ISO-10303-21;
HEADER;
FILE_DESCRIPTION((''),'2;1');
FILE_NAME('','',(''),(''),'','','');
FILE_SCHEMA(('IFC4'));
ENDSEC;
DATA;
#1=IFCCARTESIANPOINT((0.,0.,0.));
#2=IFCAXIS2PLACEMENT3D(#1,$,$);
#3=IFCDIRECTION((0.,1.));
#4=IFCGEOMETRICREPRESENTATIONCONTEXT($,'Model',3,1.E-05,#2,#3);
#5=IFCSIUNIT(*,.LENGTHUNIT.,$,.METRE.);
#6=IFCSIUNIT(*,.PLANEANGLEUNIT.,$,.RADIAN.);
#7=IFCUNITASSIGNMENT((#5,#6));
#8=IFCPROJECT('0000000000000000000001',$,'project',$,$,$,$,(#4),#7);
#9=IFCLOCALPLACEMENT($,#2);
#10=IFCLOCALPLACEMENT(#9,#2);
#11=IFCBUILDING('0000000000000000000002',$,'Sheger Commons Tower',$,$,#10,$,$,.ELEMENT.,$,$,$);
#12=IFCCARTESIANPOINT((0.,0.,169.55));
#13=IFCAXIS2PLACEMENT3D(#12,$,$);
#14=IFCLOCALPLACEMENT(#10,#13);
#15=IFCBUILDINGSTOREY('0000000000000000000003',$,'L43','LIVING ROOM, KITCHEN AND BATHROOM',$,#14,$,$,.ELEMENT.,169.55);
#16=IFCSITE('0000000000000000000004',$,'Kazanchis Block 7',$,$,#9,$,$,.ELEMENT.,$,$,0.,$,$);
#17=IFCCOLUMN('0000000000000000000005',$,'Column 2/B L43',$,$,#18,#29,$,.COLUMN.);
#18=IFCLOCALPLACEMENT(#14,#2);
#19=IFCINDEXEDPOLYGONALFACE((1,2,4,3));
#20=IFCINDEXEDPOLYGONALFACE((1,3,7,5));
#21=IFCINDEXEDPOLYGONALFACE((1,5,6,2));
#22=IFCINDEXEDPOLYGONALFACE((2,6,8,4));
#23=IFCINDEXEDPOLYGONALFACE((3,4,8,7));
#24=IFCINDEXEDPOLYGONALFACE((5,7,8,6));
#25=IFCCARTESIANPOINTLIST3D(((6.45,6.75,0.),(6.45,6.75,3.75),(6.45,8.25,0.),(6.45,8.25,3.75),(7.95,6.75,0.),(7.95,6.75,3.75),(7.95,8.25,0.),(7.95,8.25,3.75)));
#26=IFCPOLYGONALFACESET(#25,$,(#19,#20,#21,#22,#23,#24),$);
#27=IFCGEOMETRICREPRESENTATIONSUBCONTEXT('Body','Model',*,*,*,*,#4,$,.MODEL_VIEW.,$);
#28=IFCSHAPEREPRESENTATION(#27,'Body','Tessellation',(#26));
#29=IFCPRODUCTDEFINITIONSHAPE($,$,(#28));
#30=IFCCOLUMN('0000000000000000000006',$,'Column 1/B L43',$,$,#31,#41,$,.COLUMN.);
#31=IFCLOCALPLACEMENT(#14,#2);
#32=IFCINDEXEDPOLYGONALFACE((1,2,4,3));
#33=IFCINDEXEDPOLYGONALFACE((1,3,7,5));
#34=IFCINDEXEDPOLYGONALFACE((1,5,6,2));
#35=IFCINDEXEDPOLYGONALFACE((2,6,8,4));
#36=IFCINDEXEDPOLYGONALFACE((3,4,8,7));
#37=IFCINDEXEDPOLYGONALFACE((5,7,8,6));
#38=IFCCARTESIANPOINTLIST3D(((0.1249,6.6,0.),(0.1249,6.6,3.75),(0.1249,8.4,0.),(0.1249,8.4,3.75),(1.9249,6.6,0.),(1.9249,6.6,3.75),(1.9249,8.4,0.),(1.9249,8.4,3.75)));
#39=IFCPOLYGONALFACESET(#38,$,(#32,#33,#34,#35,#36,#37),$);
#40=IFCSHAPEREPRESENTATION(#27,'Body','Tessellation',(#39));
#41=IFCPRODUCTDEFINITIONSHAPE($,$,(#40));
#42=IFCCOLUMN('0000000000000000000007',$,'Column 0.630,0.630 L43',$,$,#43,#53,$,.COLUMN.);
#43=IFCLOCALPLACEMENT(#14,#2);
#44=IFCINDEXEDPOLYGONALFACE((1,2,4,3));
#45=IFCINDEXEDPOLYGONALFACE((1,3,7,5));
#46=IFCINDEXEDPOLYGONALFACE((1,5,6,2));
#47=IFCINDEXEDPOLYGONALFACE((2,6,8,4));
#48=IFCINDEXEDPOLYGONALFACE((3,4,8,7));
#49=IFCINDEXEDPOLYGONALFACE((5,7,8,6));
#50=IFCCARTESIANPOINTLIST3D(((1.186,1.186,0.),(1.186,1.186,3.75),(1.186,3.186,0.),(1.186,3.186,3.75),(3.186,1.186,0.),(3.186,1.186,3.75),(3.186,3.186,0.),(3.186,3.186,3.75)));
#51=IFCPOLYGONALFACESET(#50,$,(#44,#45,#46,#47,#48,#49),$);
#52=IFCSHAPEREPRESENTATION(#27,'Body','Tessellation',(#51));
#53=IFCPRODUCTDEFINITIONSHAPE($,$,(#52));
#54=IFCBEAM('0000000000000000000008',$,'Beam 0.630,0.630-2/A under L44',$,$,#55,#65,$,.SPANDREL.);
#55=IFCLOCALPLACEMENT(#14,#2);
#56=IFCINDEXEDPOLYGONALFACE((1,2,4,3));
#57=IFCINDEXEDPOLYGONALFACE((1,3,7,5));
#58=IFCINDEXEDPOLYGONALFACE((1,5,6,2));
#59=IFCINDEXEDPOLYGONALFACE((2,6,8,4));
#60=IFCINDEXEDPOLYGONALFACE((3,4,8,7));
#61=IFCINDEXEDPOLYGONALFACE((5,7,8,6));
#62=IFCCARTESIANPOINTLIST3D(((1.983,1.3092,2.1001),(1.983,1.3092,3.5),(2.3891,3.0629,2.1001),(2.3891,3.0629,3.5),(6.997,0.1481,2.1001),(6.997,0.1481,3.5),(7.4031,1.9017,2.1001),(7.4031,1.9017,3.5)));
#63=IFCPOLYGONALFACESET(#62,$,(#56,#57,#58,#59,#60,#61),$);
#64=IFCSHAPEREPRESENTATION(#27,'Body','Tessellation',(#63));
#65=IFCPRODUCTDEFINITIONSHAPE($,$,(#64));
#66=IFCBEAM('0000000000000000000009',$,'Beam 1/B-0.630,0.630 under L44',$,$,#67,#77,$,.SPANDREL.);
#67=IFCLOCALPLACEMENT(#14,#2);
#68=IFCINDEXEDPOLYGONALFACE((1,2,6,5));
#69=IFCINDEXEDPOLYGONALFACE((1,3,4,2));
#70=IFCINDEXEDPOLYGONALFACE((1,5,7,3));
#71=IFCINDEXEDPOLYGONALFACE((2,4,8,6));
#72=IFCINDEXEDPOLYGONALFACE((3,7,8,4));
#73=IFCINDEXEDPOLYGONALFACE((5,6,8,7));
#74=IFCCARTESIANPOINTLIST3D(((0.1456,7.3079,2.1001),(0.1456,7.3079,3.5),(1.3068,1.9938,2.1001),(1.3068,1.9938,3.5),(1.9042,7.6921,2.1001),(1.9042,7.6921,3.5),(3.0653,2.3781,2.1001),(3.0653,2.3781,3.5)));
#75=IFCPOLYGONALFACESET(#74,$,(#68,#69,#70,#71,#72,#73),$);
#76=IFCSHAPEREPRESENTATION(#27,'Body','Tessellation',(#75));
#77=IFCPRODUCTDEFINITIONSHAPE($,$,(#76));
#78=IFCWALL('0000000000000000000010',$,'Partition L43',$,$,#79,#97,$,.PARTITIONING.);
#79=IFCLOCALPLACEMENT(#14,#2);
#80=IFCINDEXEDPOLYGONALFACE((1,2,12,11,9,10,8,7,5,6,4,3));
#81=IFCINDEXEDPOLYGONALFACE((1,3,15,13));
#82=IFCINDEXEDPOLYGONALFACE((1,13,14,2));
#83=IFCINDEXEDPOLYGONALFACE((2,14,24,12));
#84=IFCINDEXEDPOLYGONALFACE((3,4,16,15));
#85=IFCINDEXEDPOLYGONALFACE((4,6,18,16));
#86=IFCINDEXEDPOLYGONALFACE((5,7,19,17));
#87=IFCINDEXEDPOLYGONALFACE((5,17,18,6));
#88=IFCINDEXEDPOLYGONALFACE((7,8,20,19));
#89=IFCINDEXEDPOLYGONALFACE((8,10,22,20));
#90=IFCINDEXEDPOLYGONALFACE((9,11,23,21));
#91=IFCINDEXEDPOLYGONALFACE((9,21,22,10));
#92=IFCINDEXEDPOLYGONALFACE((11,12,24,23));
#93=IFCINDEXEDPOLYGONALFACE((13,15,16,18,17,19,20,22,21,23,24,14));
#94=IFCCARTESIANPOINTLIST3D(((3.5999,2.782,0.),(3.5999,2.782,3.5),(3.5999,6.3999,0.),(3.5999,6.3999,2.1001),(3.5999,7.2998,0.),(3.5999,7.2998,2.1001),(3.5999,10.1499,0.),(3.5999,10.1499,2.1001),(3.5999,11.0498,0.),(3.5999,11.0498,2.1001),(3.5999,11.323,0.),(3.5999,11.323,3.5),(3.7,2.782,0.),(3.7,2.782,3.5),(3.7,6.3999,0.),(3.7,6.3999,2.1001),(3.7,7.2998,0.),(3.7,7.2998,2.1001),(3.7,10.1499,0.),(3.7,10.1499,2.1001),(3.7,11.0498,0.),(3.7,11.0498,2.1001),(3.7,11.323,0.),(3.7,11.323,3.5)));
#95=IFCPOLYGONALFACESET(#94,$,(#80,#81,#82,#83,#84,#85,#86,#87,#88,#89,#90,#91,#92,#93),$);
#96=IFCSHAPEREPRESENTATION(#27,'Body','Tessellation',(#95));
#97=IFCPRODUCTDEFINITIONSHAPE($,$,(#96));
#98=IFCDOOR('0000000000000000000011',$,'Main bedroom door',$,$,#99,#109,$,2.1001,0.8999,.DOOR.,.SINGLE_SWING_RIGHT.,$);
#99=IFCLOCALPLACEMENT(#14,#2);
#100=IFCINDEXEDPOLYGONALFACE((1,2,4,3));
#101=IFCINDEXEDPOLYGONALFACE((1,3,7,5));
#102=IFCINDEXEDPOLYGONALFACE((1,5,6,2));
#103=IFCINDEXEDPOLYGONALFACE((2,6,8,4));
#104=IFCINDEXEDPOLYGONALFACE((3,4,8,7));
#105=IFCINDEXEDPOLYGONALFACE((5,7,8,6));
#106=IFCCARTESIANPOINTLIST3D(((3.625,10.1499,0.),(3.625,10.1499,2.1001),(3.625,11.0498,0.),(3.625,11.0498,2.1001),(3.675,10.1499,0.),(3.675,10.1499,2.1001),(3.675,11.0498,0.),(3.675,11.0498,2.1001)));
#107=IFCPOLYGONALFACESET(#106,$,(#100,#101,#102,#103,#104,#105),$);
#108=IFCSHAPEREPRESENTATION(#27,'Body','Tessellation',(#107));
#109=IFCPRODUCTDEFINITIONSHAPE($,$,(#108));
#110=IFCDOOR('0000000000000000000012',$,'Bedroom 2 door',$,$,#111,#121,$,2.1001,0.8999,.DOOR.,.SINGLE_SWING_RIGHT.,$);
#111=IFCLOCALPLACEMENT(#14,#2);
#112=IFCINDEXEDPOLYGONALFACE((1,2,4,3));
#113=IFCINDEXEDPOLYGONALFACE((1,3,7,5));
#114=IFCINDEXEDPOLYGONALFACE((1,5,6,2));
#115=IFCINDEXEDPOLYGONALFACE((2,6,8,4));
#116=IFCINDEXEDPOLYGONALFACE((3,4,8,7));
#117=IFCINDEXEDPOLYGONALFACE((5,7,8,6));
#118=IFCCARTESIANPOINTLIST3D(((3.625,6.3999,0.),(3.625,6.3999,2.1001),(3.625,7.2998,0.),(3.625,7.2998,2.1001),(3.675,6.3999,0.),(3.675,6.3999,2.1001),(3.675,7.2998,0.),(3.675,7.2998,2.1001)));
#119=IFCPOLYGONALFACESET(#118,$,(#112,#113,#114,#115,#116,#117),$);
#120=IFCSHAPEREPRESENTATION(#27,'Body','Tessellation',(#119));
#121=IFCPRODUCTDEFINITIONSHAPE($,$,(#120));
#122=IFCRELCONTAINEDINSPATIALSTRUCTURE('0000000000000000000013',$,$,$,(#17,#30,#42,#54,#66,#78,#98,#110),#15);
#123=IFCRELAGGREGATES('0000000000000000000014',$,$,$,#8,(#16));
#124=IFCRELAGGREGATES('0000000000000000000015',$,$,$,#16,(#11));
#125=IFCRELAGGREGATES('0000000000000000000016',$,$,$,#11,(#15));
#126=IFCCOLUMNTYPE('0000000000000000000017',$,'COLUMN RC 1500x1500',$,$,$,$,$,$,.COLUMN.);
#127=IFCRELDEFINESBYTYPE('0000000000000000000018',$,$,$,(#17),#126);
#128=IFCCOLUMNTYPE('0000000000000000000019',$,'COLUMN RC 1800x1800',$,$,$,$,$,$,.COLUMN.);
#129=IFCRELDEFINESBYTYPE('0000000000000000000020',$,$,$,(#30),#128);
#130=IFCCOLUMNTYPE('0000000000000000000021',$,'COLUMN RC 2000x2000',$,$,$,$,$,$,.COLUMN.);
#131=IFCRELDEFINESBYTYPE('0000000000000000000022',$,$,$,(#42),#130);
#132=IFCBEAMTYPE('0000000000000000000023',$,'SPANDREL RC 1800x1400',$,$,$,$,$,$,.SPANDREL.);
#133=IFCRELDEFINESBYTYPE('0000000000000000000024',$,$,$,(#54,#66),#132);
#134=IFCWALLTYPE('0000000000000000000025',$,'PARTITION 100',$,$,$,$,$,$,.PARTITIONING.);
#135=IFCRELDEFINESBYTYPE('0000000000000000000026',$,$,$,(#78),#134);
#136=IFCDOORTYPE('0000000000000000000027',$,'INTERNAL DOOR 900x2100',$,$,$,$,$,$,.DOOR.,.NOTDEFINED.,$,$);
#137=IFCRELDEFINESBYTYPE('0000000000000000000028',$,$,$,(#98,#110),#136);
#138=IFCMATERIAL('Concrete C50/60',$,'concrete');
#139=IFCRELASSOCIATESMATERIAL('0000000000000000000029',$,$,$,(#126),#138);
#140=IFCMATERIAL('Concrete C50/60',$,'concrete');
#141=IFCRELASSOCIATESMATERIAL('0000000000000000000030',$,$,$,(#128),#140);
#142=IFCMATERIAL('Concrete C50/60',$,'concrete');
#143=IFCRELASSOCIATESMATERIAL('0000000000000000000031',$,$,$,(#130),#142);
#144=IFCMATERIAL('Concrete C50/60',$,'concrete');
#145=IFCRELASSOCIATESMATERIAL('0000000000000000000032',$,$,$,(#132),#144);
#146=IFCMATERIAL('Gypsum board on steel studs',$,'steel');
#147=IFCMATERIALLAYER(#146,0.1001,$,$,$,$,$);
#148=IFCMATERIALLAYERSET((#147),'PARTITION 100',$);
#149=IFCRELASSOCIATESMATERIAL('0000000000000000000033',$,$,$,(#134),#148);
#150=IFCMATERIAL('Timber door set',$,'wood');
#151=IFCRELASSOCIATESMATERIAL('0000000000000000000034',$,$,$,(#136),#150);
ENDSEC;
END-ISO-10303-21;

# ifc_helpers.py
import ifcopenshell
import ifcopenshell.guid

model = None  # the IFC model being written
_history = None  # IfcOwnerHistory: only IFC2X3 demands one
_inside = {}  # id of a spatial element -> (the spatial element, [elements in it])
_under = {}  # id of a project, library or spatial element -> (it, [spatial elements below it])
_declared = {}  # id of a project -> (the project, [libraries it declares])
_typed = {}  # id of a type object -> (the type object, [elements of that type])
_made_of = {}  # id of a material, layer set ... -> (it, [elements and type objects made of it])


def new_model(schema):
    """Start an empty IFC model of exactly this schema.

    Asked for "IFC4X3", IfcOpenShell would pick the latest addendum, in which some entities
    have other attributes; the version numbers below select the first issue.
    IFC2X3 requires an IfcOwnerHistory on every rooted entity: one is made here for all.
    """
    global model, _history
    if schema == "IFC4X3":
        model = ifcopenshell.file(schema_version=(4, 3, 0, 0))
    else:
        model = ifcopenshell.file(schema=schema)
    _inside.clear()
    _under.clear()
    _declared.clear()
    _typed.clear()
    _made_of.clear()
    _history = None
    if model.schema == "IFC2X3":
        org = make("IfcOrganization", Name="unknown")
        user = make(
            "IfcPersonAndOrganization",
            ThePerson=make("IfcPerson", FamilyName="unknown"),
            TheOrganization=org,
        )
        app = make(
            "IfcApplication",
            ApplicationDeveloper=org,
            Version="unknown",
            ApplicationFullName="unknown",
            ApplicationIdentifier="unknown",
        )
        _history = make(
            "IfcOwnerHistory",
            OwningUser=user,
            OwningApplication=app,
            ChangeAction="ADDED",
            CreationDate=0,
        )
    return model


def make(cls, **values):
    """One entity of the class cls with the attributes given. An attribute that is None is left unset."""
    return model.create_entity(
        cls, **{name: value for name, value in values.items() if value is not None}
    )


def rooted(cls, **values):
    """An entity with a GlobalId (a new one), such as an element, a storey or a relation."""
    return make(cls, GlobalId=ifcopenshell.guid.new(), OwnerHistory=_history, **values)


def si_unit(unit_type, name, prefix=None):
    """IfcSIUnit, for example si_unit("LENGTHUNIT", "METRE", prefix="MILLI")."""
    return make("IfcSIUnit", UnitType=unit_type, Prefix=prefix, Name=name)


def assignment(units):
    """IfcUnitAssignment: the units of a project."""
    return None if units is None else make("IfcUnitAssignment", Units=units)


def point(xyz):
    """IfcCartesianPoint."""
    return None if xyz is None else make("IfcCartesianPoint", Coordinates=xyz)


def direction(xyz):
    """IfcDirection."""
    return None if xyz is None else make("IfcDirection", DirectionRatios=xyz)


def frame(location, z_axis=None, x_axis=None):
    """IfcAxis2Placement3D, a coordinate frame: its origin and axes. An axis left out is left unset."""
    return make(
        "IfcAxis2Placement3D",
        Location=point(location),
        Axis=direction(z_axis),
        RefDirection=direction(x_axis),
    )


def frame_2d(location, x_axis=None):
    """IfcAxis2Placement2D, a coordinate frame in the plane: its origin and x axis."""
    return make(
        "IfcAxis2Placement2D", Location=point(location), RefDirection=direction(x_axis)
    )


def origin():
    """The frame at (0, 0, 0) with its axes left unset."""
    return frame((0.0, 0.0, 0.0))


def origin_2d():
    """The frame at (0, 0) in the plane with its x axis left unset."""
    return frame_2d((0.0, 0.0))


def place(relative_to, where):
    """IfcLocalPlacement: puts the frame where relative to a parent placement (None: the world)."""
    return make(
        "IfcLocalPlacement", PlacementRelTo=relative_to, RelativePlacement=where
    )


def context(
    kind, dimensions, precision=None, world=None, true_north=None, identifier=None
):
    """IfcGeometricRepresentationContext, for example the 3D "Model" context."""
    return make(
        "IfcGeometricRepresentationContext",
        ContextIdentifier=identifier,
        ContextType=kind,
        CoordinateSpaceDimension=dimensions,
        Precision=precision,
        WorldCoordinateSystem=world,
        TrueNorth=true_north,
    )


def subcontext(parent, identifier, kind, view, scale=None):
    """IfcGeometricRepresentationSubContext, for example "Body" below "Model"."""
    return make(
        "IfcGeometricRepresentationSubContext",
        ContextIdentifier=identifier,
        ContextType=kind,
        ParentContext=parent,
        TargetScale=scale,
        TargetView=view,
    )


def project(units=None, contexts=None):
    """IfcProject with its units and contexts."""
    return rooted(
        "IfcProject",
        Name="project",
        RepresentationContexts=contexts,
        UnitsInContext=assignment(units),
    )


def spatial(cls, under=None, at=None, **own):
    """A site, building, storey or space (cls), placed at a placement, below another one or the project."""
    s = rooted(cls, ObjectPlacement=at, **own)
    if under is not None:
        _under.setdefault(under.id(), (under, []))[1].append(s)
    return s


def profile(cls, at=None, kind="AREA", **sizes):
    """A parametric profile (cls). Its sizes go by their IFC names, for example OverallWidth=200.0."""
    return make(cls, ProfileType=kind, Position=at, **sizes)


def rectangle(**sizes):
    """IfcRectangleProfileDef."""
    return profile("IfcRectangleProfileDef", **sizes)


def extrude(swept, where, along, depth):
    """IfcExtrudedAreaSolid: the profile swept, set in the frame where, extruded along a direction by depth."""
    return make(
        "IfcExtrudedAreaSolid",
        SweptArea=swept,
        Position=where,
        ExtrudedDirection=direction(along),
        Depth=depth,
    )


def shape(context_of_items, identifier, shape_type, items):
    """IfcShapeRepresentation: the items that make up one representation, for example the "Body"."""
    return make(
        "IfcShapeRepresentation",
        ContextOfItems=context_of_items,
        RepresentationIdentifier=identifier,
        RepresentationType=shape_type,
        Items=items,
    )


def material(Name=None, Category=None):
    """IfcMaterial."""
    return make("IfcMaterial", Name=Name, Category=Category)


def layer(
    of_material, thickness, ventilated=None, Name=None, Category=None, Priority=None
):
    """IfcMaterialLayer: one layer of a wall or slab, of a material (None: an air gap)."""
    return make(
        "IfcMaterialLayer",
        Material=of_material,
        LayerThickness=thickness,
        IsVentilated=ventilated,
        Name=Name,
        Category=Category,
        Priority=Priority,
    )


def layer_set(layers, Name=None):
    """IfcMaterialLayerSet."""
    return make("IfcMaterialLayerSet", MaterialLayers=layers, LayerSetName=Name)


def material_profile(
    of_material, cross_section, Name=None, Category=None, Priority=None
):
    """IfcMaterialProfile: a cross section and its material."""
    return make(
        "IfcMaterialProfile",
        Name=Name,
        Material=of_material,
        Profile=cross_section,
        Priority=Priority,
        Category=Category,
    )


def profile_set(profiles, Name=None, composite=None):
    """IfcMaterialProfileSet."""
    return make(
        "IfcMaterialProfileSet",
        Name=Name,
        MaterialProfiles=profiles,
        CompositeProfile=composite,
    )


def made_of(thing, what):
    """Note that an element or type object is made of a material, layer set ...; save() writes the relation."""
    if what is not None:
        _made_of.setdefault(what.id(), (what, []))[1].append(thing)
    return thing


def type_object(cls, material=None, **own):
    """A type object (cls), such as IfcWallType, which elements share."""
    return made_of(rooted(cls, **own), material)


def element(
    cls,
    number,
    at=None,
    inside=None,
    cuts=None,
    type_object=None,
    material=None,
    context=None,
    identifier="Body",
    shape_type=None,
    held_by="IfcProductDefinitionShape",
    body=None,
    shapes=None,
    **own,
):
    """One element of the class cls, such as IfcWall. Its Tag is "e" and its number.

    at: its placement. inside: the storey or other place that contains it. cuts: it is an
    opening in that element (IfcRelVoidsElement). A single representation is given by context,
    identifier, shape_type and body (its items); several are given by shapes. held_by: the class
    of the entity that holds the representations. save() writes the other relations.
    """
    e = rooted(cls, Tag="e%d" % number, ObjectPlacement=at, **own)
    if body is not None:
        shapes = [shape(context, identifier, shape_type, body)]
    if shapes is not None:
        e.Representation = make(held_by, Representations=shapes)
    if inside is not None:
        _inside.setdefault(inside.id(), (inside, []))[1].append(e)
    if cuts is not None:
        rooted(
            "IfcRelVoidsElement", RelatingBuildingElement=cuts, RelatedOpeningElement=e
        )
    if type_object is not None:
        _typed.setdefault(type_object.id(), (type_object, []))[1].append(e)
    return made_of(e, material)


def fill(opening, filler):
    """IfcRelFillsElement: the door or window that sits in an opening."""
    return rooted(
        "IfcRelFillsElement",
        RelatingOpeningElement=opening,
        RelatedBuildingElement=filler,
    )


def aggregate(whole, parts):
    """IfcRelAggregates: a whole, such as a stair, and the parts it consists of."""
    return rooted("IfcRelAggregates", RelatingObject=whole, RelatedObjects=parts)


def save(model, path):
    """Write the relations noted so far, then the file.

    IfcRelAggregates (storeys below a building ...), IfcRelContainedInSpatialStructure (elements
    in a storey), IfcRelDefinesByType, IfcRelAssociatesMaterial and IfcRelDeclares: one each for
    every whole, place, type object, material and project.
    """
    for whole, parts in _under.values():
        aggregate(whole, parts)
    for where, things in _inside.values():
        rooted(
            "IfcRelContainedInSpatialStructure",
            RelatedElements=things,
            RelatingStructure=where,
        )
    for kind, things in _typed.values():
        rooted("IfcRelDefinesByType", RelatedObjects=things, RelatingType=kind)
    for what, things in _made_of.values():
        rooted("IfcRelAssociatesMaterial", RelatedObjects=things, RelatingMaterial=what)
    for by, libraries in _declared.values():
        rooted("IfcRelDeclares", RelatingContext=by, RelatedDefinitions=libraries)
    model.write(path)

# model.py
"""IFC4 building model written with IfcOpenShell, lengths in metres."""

from ifc_helpers import new_model, si_unit, direction, frame, frame_2d, origin, origin_2d, place, context, subcontext, project, spatial, rectangle, extrude, material, layer, layer_set, material_profile, profile_set, type_object, element, fill, save


model = new_model("IFC4")

# Units and contexts
model_context = context("Model", 3, precision=1e-05, world=origin(), true_north=direction((0.0, 1.0)))
body_context = subcontext(model_context, "Body", "Model", "MODEL_VIEW")
ifc_project = project(units=[si_unit("LENGTHUNIT", "METRE"), si_unit("PLANEANGLEUNIT", "RADIAN")], contexts=[model_context])

# Site, building, storey
site_placement = place(None, origin())
site = spatial("IfcSite", under=ifc_project, at=site_placement, Name="Kazanchis Block 7", CompositionType="ELEMENT", RefElevation=0.0)
building_placement = place(site_placement, origin())
building = spatial("IfcBuilding", under=site, at=building_placement, Name="Sheger Commons Tower", CompositionType="ELEMENT")
storey_placement = place(building_placement, frame((0.0, 0.0, 169.55)))
storey = spatial("IfcBuildingStorey", under=building, at=storey_placement, Name="L43", Description="LIVING ROOM, KITCHEN AND BATHROOM", CompositionType="ELEMENT", Elevation=169.55)

# Columns
ifc_material_1 = material(Name="Concrete C50/60", Category="concrete")
ifc_material_profile_1 = material_profile(ifc_material_1, rectangle(XDim=1.5, YDim=1.5, at=origin_2d()), Name="RC 1500x1500")
ifc_profile_set_1 = profile_set([ifc_material_profile_1], Name="Concrete C50/60")
column_type_1 = type_object("IfcColumnType", Name="COLUMN RC 1500x1500", PredefinedType="COLUMN", material=ifc_profile_set_1)
column_1_placement = place(storey_placement, frame((7.2, 7.5, 0.0), z_axis=(0.0, 0.0, 1.0), x_axis=(1.0, 0.0, 0.0)))
element("IfcColumn", 1, at=column_1_placement, inside=storey, type_object=column_type_1, Name="Column 2/B L43", PredefinedType="COLUMN", context=body_context, shape_type="SweptSolid", body=[
    extrude(rectangle(XDim=1.5, YDim=1.5, at=origin_2d()), origin(), (0.0, 0.0, 1.0), 3.75),
])
ifc_material_2 = material(Name="Concrete C50/60", Category="concrete")
ifc_material_profile_2 = material_profile(ifc_material_2, rectangle(XDim=1.8, YDim=1.8, at=origin_2d()), Name="RC 1800x1800")
ifc_profile_set_2 = profile_set([ifc_material_profile_2], Name="Concrete C50/60")
column_type_2 = type_object("IfcColumnType", Name="COLUMN RC 1800x1800", PredefinedType="COLUMN", material=ifc_profile_set_2)
column_2_placement = place(storey_placement, frame((1.0249, 7.5, 0.0), z_axis=(0.0, 0.0, 1.0), x_axis=(1.0, 0.0, 0.0)))
element("IfcColumn", 2, at=column_2_placement, inside=storey, type_object=column_type_2, Name="Column 1/B L43", PredefinedType="COLUMN", context=body_context, shape_type="SweptSolid", body=[
    extrude(rectangle(XDim=1.8, YDim=1.8, at=origin_2d()), origin(), (0.0, 0.0, 1.0), 3.75),
])
ifc_material_3 = material(Name="Concrete C50/60", Category="concrete")
ifc_material_profile_3 = material_profile(ifc_material_3, rectangle(XDim=2.0, YDim=2.0, at=origin_2d()), Name="RC 2000x2000")
ifc_profile_set_3 = profile_set([ifc_material_profile_3], Name="Concrete C50/60")
column_type_3 = type_object("IfcColumnType", Name="COLUMN RC 2000x2000", PredefinedType="COLUMN", material=ifc_profile_set_3)
column_3_placement = place(storey_placement, frame((2.186, 2.186, 0.0), z_axis=(0.0, 0.0, 1.0), x_axis=(1.0, 0.0, 0.0)))
element("IfcColumn", 3, at=column_3_placement, inside=storey, type_object=column_type_3, Name="Column 0.630,0.630 L43", PredefinedType="COLUMN", context=body_context, shape_type="SweptSolid", body=[
    extrude(rectangle(XDim=2.0, YDim=2.0, at=origin_2d()), origin(), (0.0, 0.0, 1.0), 3.75),
])

# Beams
ifc_material_4 = material(Name="Concrete C50/60", Category="concrete")
ifc_material_profile_4 = material_profile(ifc_material_4, rectangle(XDim=1.8, YDim=1.3999, at=origin_2d()), Name="RC 1800x1400")
ifc_profile_set_4 = profile_set([ifc_material_profile_4], Name="Concrete C50/60")
beam_type = type_object("IfcBeamType", Name="SPANDREL RC 1800x1400", PredefinedType="SPANDREL", material=ifc_profile_set_4)
beam_1_placement = place(storey_placement, frame((2.186, 2.186, 2.8), z_axis=(0.974217, -0.225611, 0.0), x_axis=(0.225611, 0.974217, 0.0)))
element("IfcBeam", 4, at=beam_1_placement, inside=storey, type_object=beam_type, Name="Beam 0.630,0.630-2/A under L44", PredefinedType="SPANDREL", context=body_context, shape_type="SweptSolid", body=[
    extrude(rectangle(XDim=1.8, YDim=1.3999, at=origin_2d()), origin(), (0.0, 0.0, 1.0), 5.1467),
])
beam_2_placement = place(storey_placement, frame((1.0249, 7.5, 2.8), z_axis=(0.213469, -0.97695, 0.0), x_axis=(0.97695, 0.213469, 0.0)))
element("IfcBeam", 5, at=beam_2_placement, inside=storey, type_object=beam_type, Name="Beam 1/B-0.630,0.630 under L44", PredefinedType="SPANDREL", context=body_context, shape_type="SweptSolid", body=[
    extrude(rectangle(XDim=1.8, YDim=1.3999, at=origin_2d()), origin(), (0.0, 0.0, 1.0), 5.4395),
])

# Wall, openings, doors
ifc_material_5 = material(Name="Gypsum board on steel studs", Category="steel")
ifc_layer = layer(ifc_material_5, 0.1001)
ifc_layer_set = layer_set([ifc_layer], Name="PARTITION 100")
wall_type = type_object("IfcWallType", Name="PARTITION 100", PredefinedType="PARTITIONING", material=ifc_layer_set)
wall_1_placement = place(storey_placement, frame((3.6499, 2.782, 0.0), z_axis=(0.0, 0.0, 1.0), x_axis=(0.0, 1.0, 0.0)))
wall_1 = element("IfcWall", 6, at=wall_1_placement, inside=storey, type_object=wall_type, Name="Partition L43", PredefinedType="PARTITIONING", context=body_context, shape_type="SweptSolid", body=[
    extrude(rectangle(XDim=8.541, YDim=0.1001, at=frame_2d((4.2705, 0.0))), origin(), (0.0, 0.0, 1.0), 3.5),
])
opening_1_placement = place(wall_1_placement, frame((7.3679, 0.0, 0.0)))
opening_1 = element("IfcOpeningElement", 7, at=opening_1_placement, cuts=wall_1, PredefinedType="OPENING", context=body_context, shape_type="SweptSolid", body=[
    extrude(rectangle(XDim=0.8999, YDim=2.1001, at=frame_2d((0.45, 1.05))), frame((0.0, 0.0601, 0.0), z_axis=(0.0, -1.0, 0.0), x_axis=(1.0, 0.0, 0.0)), (0.0, 0.0, 1.0), 0.1201),
])
opening_2_placement = place(wall_1_placement, frame((3.6179, 0.0, 0.0)))
opening_2 = element("IfcOpeningElement", 8, at=opening_2_placement, cuts=wall_1, PredefinedType="OPENING", context=body_context, shape_type="SweptSolid", body=[
    extrude(rectangle(XDim=0.8999, YDim=2.1001, at=frame_2d((0.45, 1.05))), frame((0.0, 0.0601, 0.0), z_axis=(0.0, -1.0, 0.0), x_axis=(1.0, 0.0, 0.0)), (0.0, 0.0, 1.0), 0.1201),
])
ifc_material_6 = material(Name="Timber door set", Category="wood")
door_type = type_object("IfcDoorType", Name="INTERNAL DOOR 900x2100", OperationType="NOTDEFINED", PredefinedType="DOOR", material=ifc_material_6)
door_1_placement = place(opening_1_placement, origin())
door_1 = element("IfcDoor", 9, at=door_1_placement, inside=storey, type_object=door_type, Name="Main bedroom door", OperationType="SINGLE_SWING_RIGHT", OverallHeight=2.1001, OverallWidth=0.8999, PredefinedType="DOOR", context=body_context, shape_type="SweptSolid", body=[
    extrude(rectangle(XDim=0.8999, YDim=2.1001, at=frame_2d((0.45, 1.05))), frame((0.0, 0.0249, 0.0), z_axis=(0.0, -1.0, 0.0), x_axis=(1.0, 0.0, 0.0)), (0.0, 0.0, 1.0), 0.05),
])
fill(opening_1, door_1)
door_2_placement = place(opening_2_placement, origin())
door_2 = element("IfcDoor", 10, at=door_2_placement, inside=storey, type_object=door_type, Name="Bedroom 2 door", OperationType="SINGLE_SWING_RIGHT", OverallHeight=2.1001, OverallWidth=0.8999, PredefinedType="DOOR", context=body_context, shape_type="SweptSolid", body=[
    extrude(rectangle(XDim=0.8999, YDim=2.1001, at=frame_2d((0.45, 1.05))), frame((0.0, 0.0249, 0.0), z_axis=(0.0, -1.0, 0.0), x_axis=(1.0, 0.0, 0.0)), (0.0, 0.0, 1.0), 0.05),
])
fill(opening_2, door_2)

save(model, "model.ifc")
